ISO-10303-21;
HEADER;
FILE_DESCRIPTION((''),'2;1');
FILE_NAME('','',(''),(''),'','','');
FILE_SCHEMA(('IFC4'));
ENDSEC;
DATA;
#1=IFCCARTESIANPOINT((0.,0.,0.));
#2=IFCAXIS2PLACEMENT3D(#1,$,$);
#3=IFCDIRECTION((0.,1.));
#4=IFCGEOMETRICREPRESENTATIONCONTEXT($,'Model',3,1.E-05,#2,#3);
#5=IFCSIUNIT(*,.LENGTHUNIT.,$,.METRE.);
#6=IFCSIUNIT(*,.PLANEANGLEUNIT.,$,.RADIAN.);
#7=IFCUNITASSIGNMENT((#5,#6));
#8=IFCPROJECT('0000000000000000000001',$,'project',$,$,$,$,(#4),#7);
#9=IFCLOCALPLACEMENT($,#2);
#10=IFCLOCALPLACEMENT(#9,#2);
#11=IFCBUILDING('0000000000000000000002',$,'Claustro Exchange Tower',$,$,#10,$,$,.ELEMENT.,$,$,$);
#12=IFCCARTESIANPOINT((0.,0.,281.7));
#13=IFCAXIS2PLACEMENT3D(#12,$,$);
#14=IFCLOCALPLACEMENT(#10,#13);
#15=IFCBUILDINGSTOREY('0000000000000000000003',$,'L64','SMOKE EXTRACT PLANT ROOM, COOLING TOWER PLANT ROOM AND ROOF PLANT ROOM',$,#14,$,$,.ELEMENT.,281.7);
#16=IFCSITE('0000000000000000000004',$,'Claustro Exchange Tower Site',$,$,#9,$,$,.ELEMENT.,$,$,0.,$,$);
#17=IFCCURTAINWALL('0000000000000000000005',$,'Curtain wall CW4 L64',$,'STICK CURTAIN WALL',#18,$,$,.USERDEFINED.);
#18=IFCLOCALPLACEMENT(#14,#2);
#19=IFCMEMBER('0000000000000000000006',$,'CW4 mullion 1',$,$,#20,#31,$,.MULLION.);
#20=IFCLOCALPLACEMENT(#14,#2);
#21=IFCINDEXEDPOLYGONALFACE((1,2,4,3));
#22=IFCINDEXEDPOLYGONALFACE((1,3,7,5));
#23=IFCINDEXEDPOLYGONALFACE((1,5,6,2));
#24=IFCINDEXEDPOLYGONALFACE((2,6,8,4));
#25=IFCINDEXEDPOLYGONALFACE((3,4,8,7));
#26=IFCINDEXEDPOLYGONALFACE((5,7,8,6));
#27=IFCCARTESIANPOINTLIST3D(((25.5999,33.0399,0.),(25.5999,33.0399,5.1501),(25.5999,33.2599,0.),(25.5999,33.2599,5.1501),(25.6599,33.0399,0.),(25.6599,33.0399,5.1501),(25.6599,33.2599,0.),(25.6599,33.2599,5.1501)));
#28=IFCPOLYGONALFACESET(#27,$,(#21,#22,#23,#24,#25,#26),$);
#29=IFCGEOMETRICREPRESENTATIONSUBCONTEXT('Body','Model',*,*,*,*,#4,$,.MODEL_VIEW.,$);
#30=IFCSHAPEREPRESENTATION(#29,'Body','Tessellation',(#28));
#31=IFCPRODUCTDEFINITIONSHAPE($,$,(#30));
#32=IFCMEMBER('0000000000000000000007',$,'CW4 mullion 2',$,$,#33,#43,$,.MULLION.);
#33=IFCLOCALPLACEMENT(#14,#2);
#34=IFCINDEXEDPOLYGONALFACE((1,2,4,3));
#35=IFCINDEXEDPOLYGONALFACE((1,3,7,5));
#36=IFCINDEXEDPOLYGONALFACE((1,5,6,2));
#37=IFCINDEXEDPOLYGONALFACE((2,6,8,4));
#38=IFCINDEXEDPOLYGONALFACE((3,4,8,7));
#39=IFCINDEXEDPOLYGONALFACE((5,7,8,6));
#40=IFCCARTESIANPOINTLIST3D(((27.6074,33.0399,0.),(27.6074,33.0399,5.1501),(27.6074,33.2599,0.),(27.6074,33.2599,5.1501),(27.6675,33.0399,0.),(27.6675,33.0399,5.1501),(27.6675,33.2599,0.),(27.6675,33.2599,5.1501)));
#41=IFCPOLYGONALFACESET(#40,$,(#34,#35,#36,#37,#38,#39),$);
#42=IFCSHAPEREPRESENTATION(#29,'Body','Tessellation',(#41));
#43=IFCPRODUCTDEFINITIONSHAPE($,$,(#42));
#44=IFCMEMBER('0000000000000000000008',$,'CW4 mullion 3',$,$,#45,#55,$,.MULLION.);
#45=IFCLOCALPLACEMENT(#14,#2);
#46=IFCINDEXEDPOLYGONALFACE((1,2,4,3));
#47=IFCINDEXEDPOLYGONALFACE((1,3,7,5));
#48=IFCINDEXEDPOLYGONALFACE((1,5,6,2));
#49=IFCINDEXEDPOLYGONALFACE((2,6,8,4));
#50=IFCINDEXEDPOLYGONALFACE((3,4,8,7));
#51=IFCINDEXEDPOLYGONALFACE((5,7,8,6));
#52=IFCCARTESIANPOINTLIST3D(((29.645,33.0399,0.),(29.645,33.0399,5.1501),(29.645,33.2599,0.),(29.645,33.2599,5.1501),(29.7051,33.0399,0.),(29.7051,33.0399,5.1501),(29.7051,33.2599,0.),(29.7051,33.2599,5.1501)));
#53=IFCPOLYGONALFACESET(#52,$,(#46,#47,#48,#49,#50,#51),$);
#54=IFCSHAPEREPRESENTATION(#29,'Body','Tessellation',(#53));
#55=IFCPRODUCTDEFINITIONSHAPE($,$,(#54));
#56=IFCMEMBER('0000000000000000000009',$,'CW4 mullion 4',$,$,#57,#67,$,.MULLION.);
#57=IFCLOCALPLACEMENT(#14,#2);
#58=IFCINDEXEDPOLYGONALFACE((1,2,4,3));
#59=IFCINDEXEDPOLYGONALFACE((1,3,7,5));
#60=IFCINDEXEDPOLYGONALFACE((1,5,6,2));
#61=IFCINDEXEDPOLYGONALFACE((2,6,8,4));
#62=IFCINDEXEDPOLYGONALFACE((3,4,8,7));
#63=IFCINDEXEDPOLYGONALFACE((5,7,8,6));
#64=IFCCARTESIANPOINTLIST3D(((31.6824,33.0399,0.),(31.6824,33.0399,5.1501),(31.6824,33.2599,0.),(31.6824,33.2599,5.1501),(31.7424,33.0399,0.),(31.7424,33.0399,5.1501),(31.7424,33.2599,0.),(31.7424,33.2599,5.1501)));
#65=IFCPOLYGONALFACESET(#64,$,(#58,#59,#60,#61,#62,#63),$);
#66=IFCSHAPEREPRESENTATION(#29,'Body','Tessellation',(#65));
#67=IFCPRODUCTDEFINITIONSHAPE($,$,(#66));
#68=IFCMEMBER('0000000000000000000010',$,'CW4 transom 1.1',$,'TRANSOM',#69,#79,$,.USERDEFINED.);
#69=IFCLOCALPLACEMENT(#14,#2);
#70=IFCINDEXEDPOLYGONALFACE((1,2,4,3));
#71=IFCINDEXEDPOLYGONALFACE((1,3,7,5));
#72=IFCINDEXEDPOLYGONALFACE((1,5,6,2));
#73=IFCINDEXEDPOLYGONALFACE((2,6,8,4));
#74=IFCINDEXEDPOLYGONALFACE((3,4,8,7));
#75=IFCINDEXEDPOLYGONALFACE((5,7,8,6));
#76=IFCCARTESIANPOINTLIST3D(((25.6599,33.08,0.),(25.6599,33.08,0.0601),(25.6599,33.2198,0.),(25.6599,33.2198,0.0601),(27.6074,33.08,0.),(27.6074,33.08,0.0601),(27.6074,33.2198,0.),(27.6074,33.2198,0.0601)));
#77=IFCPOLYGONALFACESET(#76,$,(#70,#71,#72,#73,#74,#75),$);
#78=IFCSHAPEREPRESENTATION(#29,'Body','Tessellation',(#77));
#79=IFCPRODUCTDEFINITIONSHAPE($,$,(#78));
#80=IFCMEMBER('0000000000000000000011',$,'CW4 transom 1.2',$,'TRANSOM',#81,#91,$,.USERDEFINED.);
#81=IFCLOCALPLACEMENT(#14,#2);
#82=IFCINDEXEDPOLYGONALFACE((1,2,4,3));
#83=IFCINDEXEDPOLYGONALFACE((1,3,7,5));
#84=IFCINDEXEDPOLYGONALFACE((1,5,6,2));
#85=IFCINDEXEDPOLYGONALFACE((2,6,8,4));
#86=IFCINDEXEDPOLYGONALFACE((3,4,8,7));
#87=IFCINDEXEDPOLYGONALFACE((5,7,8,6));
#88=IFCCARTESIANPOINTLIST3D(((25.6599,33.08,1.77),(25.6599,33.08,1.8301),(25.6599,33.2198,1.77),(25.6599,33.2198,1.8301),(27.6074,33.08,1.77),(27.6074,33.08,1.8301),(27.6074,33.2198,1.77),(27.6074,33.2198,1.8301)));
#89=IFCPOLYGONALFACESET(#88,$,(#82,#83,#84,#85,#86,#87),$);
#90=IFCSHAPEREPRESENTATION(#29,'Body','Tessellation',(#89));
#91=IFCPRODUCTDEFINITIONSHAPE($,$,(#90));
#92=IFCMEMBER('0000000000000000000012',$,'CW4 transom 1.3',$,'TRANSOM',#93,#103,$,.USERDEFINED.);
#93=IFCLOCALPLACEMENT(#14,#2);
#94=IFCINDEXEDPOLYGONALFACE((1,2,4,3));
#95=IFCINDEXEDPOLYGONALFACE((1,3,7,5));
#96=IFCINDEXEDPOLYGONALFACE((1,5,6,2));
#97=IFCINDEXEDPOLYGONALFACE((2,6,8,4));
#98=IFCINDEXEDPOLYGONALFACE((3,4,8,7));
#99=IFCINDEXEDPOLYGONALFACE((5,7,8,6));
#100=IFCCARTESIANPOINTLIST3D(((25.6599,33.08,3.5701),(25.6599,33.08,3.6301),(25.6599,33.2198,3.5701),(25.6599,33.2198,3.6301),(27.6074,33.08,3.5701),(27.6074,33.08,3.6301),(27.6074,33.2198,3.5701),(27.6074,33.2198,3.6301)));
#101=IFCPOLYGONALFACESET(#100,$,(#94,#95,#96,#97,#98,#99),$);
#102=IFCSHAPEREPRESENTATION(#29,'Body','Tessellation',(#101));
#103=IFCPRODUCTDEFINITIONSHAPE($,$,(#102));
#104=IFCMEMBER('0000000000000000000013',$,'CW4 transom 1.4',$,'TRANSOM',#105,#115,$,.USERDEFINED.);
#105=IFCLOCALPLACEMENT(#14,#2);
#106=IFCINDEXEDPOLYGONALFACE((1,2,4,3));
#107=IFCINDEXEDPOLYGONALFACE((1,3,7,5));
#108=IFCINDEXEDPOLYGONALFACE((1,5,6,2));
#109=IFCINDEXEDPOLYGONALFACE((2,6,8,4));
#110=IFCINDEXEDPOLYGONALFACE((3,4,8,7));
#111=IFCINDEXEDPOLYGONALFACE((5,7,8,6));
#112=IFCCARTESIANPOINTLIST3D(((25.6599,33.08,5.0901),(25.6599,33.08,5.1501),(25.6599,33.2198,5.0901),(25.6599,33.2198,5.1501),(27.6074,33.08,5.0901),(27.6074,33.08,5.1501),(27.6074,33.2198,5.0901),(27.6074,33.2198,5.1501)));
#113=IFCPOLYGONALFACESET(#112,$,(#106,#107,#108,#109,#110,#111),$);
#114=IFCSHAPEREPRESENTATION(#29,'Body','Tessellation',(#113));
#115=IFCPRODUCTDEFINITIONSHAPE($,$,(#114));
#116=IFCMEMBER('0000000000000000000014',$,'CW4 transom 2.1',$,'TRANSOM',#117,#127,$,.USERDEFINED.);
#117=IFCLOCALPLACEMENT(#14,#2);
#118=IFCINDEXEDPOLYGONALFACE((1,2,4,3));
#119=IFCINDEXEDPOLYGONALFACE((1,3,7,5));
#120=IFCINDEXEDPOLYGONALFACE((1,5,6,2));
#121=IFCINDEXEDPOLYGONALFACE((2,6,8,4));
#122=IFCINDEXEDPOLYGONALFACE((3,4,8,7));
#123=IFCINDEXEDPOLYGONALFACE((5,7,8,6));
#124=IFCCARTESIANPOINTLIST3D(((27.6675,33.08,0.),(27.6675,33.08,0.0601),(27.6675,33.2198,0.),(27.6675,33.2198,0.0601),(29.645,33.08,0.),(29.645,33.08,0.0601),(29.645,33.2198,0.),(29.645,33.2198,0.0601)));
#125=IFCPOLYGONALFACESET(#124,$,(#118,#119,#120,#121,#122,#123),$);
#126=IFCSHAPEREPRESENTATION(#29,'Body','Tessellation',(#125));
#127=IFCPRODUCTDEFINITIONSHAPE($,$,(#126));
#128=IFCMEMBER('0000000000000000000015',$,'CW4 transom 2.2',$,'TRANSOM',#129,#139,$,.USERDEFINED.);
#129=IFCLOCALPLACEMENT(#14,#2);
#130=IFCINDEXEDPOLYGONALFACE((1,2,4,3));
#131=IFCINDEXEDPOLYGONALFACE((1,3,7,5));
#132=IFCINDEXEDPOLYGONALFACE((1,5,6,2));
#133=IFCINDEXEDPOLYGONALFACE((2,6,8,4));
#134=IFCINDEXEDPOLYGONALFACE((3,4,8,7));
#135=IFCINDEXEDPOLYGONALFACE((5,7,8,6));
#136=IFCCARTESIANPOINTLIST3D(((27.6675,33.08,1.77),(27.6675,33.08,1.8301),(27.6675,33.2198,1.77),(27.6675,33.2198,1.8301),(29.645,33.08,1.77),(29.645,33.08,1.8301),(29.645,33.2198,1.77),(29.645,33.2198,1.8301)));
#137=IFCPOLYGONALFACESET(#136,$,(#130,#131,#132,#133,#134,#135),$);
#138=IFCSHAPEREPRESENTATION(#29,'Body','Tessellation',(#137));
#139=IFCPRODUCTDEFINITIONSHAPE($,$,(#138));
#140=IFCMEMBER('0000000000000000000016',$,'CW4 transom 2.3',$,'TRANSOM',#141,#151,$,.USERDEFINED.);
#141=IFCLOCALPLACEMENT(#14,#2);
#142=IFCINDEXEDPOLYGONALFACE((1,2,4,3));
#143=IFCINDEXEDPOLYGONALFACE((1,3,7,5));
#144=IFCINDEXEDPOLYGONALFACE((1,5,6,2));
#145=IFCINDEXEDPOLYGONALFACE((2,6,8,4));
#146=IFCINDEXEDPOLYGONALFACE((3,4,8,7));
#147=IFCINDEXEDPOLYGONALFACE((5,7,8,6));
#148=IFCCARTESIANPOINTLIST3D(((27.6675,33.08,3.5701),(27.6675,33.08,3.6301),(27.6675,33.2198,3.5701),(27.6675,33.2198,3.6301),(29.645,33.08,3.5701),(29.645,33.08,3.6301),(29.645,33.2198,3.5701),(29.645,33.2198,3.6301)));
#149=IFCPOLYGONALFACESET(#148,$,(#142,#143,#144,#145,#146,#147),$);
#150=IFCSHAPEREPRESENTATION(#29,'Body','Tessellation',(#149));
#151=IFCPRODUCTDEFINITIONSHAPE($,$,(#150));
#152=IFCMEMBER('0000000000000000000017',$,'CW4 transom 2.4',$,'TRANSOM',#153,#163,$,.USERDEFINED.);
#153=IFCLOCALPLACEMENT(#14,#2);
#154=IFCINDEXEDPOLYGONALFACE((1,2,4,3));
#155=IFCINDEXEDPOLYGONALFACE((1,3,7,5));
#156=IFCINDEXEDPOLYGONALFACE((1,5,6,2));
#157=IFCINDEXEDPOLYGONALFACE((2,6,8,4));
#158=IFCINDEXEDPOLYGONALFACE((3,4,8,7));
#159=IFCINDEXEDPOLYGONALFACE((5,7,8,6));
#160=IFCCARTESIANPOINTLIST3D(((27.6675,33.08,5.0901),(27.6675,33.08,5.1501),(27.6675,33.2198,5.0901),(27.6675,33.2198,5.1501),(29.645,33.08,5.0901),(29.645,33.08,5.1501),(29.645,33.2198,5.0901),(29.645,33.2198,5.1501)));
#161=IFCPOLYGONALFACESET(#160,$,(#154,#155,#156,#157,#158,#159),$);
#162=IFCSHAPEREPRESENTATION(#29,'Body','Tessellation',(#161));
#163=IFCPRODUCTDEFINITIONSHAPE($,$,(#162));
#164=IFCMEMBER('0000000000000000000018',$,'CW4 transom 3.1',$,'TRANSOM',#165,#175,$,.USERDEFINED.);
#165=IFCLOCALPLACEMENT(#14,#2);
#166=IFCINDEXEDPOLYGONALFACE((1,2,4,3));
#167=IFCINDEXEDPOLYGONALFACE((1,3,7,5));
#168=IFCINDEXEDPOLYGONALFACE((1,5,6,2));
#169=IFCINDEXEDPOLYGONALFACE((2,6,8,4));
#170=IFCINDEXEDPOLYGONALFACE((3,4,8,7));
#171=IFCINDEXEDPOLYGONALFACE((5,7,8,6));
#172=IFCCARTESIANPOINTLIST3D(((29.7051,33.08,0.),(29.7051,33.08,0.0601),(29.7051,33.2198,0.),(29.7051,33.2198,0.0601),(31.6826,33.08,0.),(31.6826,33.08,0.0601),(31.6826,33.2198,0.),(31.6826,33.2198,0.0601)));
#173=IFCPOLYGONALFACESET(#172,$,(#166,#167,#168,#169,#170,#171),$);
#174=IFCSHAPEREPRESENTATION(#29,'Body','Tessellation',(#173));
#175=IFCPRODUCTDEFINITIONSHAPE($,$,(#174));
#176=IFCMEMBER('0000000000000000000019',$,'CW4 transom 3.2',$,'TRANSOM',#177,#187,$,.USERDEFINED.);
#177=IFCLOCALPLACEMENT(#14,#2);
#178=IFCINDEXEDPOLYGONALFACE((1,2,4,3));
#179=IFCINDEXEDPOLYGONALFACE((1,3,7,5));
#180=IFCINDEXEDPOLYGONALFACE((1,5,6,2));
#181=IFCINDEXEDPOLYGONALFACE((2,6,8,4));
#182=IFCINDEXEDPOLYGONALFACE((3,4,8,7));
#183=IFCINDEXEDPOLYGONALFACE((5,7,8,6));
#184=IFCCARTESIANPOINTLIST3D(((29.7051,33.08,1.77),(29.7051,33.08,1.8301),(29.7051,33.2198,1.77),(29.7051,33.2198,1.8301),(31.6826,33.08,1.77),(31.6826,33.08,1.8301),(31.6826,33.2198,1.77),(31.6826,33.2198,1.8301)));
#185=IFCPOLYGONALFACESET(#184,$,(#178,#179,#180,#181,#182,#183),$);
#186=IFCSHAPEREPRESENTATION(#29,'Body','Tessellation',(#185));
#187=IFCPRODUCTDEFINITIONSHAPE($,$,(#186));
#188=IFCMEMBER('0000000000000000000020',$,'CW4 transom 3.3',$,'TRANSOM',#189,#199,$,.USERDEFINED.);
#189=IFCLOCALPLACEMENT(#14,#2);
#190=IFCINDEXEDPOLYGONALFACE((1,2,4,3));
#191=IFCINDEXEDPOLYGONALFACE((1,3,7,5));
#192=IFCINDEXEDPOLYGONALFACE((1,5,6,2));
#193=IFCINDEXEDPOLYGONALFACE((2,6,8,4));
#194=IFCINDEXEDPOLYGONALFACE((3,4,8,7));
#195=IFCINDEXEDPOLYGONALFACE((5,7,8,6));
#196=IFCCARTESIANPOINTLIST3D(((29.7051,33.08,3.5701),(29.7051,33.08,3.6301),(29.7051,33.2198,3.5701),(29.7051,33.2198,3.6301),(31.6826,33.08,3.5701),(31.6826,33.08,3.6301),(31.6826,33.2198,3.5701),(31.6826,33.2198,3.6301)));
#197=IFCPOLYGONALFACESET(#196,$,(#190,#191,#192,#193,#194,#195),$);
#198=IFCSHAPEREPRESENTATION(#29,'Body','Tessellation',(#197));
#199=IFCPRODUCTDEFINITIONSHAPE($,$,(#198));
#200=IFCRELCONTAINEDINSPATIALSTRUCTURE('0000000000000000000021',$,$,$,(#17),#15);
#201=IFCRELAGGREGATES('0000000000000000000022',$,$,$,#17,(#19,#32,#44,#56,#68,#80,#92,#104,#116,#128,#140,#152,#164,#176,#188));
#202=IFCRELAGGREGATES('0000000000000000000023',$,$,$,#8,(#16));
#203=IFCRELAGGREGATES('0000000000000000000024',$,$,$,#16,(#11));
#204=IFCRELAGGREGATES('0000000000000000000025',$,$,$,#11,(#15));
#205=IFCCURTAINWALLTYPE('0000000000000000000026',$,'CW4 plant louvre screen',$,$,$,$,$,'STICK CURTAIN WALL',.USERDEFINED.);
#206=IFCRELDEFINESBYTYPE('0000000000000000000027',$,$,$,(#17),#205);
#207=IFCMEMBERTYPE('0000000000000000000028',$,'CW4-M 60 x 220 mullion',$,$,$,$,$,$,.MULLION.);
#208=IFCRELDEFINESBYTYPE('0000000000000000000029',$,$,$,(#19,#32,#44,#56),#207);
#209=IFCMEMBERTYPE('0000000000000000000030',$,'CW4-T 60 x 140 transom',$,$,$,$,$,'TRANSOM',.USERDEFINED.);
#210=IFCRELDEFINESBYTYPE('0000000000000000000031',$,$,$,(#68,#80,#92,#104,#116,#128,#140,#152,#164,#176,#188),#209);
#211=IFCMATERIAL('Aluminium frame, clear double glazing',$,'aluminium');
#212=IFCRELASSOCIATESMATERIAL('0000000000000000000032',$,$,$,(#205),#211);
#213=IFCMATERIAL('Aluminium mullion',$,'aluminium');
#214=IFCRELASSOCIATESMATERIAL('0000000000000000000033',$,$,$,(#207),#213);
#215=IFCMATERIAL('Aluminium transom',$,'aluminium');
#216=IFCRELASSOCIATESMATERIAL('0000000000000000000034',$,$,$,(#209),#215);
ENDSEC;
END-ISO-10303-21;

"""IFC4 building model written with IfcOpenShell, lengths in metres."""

from ifc_helpers import new_model, si_unit, direction, frame, origin, origin_2d, place, context, subcontext, project, spatial, rectangle, extrude, material, material_profile, profile_set, type_object, element, aggregate, save


model = new_model("IFC4")

# Units and contexts
model_context = context("Model", 3, precision=1e-05, world=origin(), true_north=direction((0.0, 1.0)))
body_context = subcontext(model_context, "Body", "Model", "MODEL_VIEW")
ifc_project = project(units=[si_unit("LENGTHUNIT", "METRE"), si_unit("PLANEANGLEUNIT", "RADIAN")], contexts=[model_context])

# Site, building, storey
site_placement = place(None, origin())
site = spatial("IfcSite", under=ifc_project, at=site_placement, Name="Claustro Exchange Tower Site", CompositionType="ELEMENT", RefElevation=0.0)
building_placement = place(site_placement, origin())
building = spatial("IfcBuilding", under=site, at=building_placement, Name="Claustro Exchange Tower", CompositionType="ELEMENT")
storey_placement = place(building_placement, frame((0.0, 0.0, 281.7)))
storey = spatial("IfcBuildingStorey", under=building, at=storey_placement, Name="L64", Description="SMOKE EXTRACT PLANT ROOM, COOLING TOWER PLANT ROOM AND ROOF PLANT ROOM", CompositionType="ELEMENT", Elevation=281.7)

# Curtain wall, members
ifc_material_1 = material(Name="Aluminium frame, clear double glazing", Category="aluminium")
curtain_wall_type = type_object("IfcCurtainWallType", Name="CW4 plant louvre screen", ElementType="STICK CURTAIN WALL", PredefinedType="USERDEFINED", material=ifc_material_1)
curtain_wall_placement = place(storey_placement, origin())
curtain_wall = element("IfcCurtainWall", 1, at=curtain_wall_placement, inside=storey, type_object=curtain_wall_type, Name="Curtain wall CW4 L64", ObjectType="STICK CURTAIN WALL", PredefinedType="USERDEFINED")
ifc_material_2 = material(Name="Aluminium mullion", Category="aluminium")
ifc_material_profile_1 = material_profile(ifc_material_2, rectangle(XDim=0.22, YDim=0.0601, at=origin_2d()), Name="CW4-M 60x220")
ifc_profile_set_1 = profile_set([ifc_material_profile_1], Name="Aluminium mullion")
member_type_1 = type_object("IfcMemberType", Name="CW4-M 60 x 220 mullion", PredefinedType="MULLION", material=ifc_profile_set_1)
member_1_placement = place(storey_placement, frame((25.6299, 33.1499, 0.0), z_axis=(0.0, 0.0, 1.0), x_axis=(0.0, 1.0, 0.0)))
member_1 = element("IfcMember", 2, at=member_1_placement, type_object=member_type_1, Name="CW4 mullion 1", PredefinedType="MULLION", context=body_context, shape_type="SweptSolid", body=[
    extrude(rectangle(XDim=0.22, YDim=0.0601, at=origin_2d()), origin(), (0.0, 0.0, 1.0), 5.1501),
])
member_2_placement = place(storey_placement, frame((27.6375, 33.1499, 0.0), z_axis=(0.0, 0.0, 1.0), x_axis=(0.0, 1.0, 0.0)))
member_2 = element("IfcMember", 3, at=member_2_placement, type_object=member_type_1, Name="CW4 mullion 2", PredefinedType="MULLION", context=body_context, shape_type="SweptSolid", body=[
    extrude(rectangle(XDim=0.22, YDim=0.0601, at=origin_2d()), origin(), (0.0, 0.0, 1.0), 5.1501),
])
member_3_placement = place(storey_placement, frame((29.675, 33.1499, 0.0), z_axis=(0.0, 0.0, 1.0), x_axis=(0.0, 1.0, 0.0)))
member_3 = element("IfcMember", 4, at=member_3_placement, type_object=member_type_1, Name="CW4 mullion 3", PredefinedType="MULLION", context=body_context, shape_type="SweptSolid", body=[
    extrude(rectangle(XDim=0.22, YDim=0.0601, at=origin_2d()), origin(), (0.0, 0.0, 1.0), 5.1501),
])
member_4_placement = place(storey_placement, frame((31.7124, 33.1499, 0.0), z_axis=(0.0, 0.0, 1.0), x_axis=(0.0, 1.0, 0.0)))
member_4 = element("IfcMember", 5, at=member_4_placement, type_object=member_type_1, Name="CW4 mullion 4", PredefinedType="MULLION", context=body_context, shape_type="SweptSolid", body=[
    extrude(rectangle(XDim=0.22, YDim=0.0601, at=origin_2d()), origin(), (0.0, 0.0, 1.0), 5.1501),
])
ifc_material_3 = material(Name="Aluminium transom", Category="aluminium")
ifc_material_profile_2 = material_profile(ifc_material_3, rectangle(XDim=0.1399, YDim=0.0601, at=origin_2d()), Name="CW4-T 60x140")
ifc_profile_set_2 = profile_set([ifc_material_profile_2], Name="Aluminium transom")
member_type_2 = type_object("IfcMemberType", Name="CW4-T 60 x 140 transom", ElementType="TRANSOM", PredefinedType="USERDEFINED", material=ifc_profile_set_2)
member_5_placement = place(storey_placement, frame((25.6599, 33.1499, 0.03), z_axis=(1.0, 0.0, 0.0), x_axis=(0.0, 1.0, 0.0)))
member_5 = element("IfcMember", 6, at=member_5_placement, type_object=member_type_2, Name="CW4 transom 1.1", ObjectType="TRANSOM", PredefinedType="USERDEFINED", context=body_context, shape_type="SweptSolid", body=[
    extrude(rectangle(XDim=0.1399, YDim=0.0601, at=origin_2d()), origin(), (0.0, 0.0, 1.0), 1.9475),
])
member_6_placement = place(storey_placement, frame((25.6599, 33.1499, 1.8), z_axis=(1.0, 0.0, 0.0), x_axis=(0.0, 1.0, 0.0)))
member_6 = element("IfcMember", 7, at=member_6_placement, type_object=member_type_2, Name="CW4 transom 1.2", ObjectType="TRANSOM", PredefinedType="USERDEFINED", context=body_context, shape_type="SweptSolid", body=[
    extrude(rectangle(XDim=0.1399, YDim=0.0601, at=origin_2d()), origin(), (0.0, 0.0, 1.0), 1.9475),
])
member_7_placement = place(storey_placement, frame((25.6599, 33.1499, 3.6001), z_axis=(1.0, 0.0, 0.0), x_axis=(0.0, 1.0, 0.0)))
member_7 = element("IfcMember", 8, at=member_7_placement, type_object=member_type_2, Name="CW4 transom 1.3", ObjectType="TRANSOM", PredefinedType="USERDEFINED", context=body_context, shape_type="SweptSolid", body=[
    extrude(rectangle(XDim=0.1399, YDim=0.0601, at=origin_2d()), origin(), (0.0, 0.0, 1.0), 1.9475),
])
member_8_placement = place(storey_placement, frame((25.6599, 33.1499, 5.1201), z_axis=(1.0, 0.0, 0.0), x_axis=(0.0, 1.0, 0.0)))
member_8 = element("IfcMember", 9, at=member_8_placement, type_object=member_type_2, Name="CW4 transom 1.4", ObjectType="TRANSOM", PredefinedType="USERDEFINED", context=body_context, shape_type="SweptSolid", body=[
    extrude(rectangle(XDim=0.1399, YDim=0.0601, at=origin_2d()), origin(), (0.0, 0.0, 1.0), 1.9475),
])
member_9_placement = place(storey_placement, frame((27.6675, 33.1499, 0.03), z_axis=(1.0, 0.0, 0.0), x_axis=(0.0, 1.0, 0.0)))
member_9 = element("IfcMember", 10, at=member_9_placement, type_object=member_type_2, Name="CW4 transom 2.1", ObjectType="TRANSOM", PredefinedType="USERDEFINED", context=body_context, shape_type="SweptSolid", body=[
    extrude(rectangle(XDim=0.1399, YDim=0.0601, at=origin_2d()), origin(), (0.0, 0.0, 1.0), 1.9775),
])
member_10_placement = place(storey_placement, frame((27.6675, 33.1499, 1.8), z_axis=(1.0, 0.0, 0.0), x_axis=(0.0, 1.0, 0.0)))
member_10 = element("IfcMember", 11, at=member_10_placement, type_object=member_type_2, Name="CW4 transom 2.2", ObjectType="TRANSOM", PredefinedType="USERDEFINED", context=body_context, shape_type="SweptSolid", body=[
    extrude(rectangle(XDim=0.1399, YDim=0.0601, at=origin_2d()), origin(), (0.0, 0.0, 1.0), 1.9775),
])
member_11_placement = place(storey_placement, frame((27.6675, 33.1499, 3.6001), z_axis=(1.0, 0.0, 0.0), x_axis=(0.0, 1.0, 0.0)))
member_11 = element("IfcMember", 12, at=member_11_placement, type_object=member_type_2, Name="CW4 transom 2.3", ObjectType="TRANSOM", PredefinedType="USERDEFINED", context=body_context, shape_type="SweptSolid", body=[
    extrude(rectangle(XDim=0.1399, YDim=0.0601, at=origin_2d()), origin(), (0.0, 0.0, 1.0), 1.9775),
])
member_12_placement = place(storey_placement, frame((27.6675, 33.1499, 5.1201), z_axis=(1.0, 0.0, 0.0), x_axis=(0.0, 1.0, 0.0)))
member_12 = element("IfcMember", 13, at=member_12_placement, type_object=member_type_2, Name="CW4 transom 2.4", ObjectType="TRANSOM", PredefinedType="USERDEFINED", context=body_context, shape_type="SweptSolid", body=[
    extrude(rectangle(XDim=0.1399, YDim=0.0601, at=origin_2d()), origin(), (0.0, 0.0, 1.0), 1.9775),
])
member_13_placement = place(storey_placement, frame((29.7051, 33.1499, 0.03), z_axis=(1.0, 0.0, 0.0), x_axis=(0.0, 1.0, 0.0)))
member_13 = element("IfcMember", 14, at=member_13_placement, type_object=member_type_2, Name="CW4 transom 3.1", ObjectType="TRANSOM", PredefinedType="USERDEFINED", context=body_context, shape_type="SweptSolid", body=[
    extrude(rectangle(XDim=0.1399, YDim=0.0601, at=origin_2d()), origin(), (0.0, 0.0, 1.0), 1.9775),
])
member_14_placement = place(storey_placement, frame((29.7051, 33.1499, 1.8), z_axis=(1.0, 0.0, 0.0), x_axis=(0.0, 1.0, 0.0)))
member_14 = element("IfcMember", 15, at=member_14_placement, type_object=member_type_2, Name="CW4 transom 3.2", ObjectType="TRANSOM", PredefinedType="USERDEFINED", context=body_context, shape_type="SweptSolid", body=[
    extrude(rectangle(XDim=0.1399, YDim=0.0601, at=origin_2d()), origin(), (0.0, 0.0, 1.0), 1.9775),
])
member_15_placement = place(storey_placement, frame((29.7051, 33.1499, 3.6001), z_axis=(1.0, 0.0, 0.0), x_axis=(0.0, 1.0, 0.0)))
member_15 = element("IfcMember", 16, at=member_15_placement, type_object=member_type_2, Name="CW4 transom 3.3", ObjectType="TRANSOM", PredefinedType="USERDEFINED", context=body_context, shape_type="SweptSolid", body=[
    extrude(rectangle(XDim=0.1399, YDim=0.0601, at=origin_2d()), origin(), (0.0, 0.0, 1.0), 1.9775),
])
aggregate(curtain_wall, [member_1, member_2, member_3, member_4, member_5, member_6, member_7, member_8, member_9, member_10, member_11, member_12, member_13, member_14, member_15])

save(model, "model.ifc")
